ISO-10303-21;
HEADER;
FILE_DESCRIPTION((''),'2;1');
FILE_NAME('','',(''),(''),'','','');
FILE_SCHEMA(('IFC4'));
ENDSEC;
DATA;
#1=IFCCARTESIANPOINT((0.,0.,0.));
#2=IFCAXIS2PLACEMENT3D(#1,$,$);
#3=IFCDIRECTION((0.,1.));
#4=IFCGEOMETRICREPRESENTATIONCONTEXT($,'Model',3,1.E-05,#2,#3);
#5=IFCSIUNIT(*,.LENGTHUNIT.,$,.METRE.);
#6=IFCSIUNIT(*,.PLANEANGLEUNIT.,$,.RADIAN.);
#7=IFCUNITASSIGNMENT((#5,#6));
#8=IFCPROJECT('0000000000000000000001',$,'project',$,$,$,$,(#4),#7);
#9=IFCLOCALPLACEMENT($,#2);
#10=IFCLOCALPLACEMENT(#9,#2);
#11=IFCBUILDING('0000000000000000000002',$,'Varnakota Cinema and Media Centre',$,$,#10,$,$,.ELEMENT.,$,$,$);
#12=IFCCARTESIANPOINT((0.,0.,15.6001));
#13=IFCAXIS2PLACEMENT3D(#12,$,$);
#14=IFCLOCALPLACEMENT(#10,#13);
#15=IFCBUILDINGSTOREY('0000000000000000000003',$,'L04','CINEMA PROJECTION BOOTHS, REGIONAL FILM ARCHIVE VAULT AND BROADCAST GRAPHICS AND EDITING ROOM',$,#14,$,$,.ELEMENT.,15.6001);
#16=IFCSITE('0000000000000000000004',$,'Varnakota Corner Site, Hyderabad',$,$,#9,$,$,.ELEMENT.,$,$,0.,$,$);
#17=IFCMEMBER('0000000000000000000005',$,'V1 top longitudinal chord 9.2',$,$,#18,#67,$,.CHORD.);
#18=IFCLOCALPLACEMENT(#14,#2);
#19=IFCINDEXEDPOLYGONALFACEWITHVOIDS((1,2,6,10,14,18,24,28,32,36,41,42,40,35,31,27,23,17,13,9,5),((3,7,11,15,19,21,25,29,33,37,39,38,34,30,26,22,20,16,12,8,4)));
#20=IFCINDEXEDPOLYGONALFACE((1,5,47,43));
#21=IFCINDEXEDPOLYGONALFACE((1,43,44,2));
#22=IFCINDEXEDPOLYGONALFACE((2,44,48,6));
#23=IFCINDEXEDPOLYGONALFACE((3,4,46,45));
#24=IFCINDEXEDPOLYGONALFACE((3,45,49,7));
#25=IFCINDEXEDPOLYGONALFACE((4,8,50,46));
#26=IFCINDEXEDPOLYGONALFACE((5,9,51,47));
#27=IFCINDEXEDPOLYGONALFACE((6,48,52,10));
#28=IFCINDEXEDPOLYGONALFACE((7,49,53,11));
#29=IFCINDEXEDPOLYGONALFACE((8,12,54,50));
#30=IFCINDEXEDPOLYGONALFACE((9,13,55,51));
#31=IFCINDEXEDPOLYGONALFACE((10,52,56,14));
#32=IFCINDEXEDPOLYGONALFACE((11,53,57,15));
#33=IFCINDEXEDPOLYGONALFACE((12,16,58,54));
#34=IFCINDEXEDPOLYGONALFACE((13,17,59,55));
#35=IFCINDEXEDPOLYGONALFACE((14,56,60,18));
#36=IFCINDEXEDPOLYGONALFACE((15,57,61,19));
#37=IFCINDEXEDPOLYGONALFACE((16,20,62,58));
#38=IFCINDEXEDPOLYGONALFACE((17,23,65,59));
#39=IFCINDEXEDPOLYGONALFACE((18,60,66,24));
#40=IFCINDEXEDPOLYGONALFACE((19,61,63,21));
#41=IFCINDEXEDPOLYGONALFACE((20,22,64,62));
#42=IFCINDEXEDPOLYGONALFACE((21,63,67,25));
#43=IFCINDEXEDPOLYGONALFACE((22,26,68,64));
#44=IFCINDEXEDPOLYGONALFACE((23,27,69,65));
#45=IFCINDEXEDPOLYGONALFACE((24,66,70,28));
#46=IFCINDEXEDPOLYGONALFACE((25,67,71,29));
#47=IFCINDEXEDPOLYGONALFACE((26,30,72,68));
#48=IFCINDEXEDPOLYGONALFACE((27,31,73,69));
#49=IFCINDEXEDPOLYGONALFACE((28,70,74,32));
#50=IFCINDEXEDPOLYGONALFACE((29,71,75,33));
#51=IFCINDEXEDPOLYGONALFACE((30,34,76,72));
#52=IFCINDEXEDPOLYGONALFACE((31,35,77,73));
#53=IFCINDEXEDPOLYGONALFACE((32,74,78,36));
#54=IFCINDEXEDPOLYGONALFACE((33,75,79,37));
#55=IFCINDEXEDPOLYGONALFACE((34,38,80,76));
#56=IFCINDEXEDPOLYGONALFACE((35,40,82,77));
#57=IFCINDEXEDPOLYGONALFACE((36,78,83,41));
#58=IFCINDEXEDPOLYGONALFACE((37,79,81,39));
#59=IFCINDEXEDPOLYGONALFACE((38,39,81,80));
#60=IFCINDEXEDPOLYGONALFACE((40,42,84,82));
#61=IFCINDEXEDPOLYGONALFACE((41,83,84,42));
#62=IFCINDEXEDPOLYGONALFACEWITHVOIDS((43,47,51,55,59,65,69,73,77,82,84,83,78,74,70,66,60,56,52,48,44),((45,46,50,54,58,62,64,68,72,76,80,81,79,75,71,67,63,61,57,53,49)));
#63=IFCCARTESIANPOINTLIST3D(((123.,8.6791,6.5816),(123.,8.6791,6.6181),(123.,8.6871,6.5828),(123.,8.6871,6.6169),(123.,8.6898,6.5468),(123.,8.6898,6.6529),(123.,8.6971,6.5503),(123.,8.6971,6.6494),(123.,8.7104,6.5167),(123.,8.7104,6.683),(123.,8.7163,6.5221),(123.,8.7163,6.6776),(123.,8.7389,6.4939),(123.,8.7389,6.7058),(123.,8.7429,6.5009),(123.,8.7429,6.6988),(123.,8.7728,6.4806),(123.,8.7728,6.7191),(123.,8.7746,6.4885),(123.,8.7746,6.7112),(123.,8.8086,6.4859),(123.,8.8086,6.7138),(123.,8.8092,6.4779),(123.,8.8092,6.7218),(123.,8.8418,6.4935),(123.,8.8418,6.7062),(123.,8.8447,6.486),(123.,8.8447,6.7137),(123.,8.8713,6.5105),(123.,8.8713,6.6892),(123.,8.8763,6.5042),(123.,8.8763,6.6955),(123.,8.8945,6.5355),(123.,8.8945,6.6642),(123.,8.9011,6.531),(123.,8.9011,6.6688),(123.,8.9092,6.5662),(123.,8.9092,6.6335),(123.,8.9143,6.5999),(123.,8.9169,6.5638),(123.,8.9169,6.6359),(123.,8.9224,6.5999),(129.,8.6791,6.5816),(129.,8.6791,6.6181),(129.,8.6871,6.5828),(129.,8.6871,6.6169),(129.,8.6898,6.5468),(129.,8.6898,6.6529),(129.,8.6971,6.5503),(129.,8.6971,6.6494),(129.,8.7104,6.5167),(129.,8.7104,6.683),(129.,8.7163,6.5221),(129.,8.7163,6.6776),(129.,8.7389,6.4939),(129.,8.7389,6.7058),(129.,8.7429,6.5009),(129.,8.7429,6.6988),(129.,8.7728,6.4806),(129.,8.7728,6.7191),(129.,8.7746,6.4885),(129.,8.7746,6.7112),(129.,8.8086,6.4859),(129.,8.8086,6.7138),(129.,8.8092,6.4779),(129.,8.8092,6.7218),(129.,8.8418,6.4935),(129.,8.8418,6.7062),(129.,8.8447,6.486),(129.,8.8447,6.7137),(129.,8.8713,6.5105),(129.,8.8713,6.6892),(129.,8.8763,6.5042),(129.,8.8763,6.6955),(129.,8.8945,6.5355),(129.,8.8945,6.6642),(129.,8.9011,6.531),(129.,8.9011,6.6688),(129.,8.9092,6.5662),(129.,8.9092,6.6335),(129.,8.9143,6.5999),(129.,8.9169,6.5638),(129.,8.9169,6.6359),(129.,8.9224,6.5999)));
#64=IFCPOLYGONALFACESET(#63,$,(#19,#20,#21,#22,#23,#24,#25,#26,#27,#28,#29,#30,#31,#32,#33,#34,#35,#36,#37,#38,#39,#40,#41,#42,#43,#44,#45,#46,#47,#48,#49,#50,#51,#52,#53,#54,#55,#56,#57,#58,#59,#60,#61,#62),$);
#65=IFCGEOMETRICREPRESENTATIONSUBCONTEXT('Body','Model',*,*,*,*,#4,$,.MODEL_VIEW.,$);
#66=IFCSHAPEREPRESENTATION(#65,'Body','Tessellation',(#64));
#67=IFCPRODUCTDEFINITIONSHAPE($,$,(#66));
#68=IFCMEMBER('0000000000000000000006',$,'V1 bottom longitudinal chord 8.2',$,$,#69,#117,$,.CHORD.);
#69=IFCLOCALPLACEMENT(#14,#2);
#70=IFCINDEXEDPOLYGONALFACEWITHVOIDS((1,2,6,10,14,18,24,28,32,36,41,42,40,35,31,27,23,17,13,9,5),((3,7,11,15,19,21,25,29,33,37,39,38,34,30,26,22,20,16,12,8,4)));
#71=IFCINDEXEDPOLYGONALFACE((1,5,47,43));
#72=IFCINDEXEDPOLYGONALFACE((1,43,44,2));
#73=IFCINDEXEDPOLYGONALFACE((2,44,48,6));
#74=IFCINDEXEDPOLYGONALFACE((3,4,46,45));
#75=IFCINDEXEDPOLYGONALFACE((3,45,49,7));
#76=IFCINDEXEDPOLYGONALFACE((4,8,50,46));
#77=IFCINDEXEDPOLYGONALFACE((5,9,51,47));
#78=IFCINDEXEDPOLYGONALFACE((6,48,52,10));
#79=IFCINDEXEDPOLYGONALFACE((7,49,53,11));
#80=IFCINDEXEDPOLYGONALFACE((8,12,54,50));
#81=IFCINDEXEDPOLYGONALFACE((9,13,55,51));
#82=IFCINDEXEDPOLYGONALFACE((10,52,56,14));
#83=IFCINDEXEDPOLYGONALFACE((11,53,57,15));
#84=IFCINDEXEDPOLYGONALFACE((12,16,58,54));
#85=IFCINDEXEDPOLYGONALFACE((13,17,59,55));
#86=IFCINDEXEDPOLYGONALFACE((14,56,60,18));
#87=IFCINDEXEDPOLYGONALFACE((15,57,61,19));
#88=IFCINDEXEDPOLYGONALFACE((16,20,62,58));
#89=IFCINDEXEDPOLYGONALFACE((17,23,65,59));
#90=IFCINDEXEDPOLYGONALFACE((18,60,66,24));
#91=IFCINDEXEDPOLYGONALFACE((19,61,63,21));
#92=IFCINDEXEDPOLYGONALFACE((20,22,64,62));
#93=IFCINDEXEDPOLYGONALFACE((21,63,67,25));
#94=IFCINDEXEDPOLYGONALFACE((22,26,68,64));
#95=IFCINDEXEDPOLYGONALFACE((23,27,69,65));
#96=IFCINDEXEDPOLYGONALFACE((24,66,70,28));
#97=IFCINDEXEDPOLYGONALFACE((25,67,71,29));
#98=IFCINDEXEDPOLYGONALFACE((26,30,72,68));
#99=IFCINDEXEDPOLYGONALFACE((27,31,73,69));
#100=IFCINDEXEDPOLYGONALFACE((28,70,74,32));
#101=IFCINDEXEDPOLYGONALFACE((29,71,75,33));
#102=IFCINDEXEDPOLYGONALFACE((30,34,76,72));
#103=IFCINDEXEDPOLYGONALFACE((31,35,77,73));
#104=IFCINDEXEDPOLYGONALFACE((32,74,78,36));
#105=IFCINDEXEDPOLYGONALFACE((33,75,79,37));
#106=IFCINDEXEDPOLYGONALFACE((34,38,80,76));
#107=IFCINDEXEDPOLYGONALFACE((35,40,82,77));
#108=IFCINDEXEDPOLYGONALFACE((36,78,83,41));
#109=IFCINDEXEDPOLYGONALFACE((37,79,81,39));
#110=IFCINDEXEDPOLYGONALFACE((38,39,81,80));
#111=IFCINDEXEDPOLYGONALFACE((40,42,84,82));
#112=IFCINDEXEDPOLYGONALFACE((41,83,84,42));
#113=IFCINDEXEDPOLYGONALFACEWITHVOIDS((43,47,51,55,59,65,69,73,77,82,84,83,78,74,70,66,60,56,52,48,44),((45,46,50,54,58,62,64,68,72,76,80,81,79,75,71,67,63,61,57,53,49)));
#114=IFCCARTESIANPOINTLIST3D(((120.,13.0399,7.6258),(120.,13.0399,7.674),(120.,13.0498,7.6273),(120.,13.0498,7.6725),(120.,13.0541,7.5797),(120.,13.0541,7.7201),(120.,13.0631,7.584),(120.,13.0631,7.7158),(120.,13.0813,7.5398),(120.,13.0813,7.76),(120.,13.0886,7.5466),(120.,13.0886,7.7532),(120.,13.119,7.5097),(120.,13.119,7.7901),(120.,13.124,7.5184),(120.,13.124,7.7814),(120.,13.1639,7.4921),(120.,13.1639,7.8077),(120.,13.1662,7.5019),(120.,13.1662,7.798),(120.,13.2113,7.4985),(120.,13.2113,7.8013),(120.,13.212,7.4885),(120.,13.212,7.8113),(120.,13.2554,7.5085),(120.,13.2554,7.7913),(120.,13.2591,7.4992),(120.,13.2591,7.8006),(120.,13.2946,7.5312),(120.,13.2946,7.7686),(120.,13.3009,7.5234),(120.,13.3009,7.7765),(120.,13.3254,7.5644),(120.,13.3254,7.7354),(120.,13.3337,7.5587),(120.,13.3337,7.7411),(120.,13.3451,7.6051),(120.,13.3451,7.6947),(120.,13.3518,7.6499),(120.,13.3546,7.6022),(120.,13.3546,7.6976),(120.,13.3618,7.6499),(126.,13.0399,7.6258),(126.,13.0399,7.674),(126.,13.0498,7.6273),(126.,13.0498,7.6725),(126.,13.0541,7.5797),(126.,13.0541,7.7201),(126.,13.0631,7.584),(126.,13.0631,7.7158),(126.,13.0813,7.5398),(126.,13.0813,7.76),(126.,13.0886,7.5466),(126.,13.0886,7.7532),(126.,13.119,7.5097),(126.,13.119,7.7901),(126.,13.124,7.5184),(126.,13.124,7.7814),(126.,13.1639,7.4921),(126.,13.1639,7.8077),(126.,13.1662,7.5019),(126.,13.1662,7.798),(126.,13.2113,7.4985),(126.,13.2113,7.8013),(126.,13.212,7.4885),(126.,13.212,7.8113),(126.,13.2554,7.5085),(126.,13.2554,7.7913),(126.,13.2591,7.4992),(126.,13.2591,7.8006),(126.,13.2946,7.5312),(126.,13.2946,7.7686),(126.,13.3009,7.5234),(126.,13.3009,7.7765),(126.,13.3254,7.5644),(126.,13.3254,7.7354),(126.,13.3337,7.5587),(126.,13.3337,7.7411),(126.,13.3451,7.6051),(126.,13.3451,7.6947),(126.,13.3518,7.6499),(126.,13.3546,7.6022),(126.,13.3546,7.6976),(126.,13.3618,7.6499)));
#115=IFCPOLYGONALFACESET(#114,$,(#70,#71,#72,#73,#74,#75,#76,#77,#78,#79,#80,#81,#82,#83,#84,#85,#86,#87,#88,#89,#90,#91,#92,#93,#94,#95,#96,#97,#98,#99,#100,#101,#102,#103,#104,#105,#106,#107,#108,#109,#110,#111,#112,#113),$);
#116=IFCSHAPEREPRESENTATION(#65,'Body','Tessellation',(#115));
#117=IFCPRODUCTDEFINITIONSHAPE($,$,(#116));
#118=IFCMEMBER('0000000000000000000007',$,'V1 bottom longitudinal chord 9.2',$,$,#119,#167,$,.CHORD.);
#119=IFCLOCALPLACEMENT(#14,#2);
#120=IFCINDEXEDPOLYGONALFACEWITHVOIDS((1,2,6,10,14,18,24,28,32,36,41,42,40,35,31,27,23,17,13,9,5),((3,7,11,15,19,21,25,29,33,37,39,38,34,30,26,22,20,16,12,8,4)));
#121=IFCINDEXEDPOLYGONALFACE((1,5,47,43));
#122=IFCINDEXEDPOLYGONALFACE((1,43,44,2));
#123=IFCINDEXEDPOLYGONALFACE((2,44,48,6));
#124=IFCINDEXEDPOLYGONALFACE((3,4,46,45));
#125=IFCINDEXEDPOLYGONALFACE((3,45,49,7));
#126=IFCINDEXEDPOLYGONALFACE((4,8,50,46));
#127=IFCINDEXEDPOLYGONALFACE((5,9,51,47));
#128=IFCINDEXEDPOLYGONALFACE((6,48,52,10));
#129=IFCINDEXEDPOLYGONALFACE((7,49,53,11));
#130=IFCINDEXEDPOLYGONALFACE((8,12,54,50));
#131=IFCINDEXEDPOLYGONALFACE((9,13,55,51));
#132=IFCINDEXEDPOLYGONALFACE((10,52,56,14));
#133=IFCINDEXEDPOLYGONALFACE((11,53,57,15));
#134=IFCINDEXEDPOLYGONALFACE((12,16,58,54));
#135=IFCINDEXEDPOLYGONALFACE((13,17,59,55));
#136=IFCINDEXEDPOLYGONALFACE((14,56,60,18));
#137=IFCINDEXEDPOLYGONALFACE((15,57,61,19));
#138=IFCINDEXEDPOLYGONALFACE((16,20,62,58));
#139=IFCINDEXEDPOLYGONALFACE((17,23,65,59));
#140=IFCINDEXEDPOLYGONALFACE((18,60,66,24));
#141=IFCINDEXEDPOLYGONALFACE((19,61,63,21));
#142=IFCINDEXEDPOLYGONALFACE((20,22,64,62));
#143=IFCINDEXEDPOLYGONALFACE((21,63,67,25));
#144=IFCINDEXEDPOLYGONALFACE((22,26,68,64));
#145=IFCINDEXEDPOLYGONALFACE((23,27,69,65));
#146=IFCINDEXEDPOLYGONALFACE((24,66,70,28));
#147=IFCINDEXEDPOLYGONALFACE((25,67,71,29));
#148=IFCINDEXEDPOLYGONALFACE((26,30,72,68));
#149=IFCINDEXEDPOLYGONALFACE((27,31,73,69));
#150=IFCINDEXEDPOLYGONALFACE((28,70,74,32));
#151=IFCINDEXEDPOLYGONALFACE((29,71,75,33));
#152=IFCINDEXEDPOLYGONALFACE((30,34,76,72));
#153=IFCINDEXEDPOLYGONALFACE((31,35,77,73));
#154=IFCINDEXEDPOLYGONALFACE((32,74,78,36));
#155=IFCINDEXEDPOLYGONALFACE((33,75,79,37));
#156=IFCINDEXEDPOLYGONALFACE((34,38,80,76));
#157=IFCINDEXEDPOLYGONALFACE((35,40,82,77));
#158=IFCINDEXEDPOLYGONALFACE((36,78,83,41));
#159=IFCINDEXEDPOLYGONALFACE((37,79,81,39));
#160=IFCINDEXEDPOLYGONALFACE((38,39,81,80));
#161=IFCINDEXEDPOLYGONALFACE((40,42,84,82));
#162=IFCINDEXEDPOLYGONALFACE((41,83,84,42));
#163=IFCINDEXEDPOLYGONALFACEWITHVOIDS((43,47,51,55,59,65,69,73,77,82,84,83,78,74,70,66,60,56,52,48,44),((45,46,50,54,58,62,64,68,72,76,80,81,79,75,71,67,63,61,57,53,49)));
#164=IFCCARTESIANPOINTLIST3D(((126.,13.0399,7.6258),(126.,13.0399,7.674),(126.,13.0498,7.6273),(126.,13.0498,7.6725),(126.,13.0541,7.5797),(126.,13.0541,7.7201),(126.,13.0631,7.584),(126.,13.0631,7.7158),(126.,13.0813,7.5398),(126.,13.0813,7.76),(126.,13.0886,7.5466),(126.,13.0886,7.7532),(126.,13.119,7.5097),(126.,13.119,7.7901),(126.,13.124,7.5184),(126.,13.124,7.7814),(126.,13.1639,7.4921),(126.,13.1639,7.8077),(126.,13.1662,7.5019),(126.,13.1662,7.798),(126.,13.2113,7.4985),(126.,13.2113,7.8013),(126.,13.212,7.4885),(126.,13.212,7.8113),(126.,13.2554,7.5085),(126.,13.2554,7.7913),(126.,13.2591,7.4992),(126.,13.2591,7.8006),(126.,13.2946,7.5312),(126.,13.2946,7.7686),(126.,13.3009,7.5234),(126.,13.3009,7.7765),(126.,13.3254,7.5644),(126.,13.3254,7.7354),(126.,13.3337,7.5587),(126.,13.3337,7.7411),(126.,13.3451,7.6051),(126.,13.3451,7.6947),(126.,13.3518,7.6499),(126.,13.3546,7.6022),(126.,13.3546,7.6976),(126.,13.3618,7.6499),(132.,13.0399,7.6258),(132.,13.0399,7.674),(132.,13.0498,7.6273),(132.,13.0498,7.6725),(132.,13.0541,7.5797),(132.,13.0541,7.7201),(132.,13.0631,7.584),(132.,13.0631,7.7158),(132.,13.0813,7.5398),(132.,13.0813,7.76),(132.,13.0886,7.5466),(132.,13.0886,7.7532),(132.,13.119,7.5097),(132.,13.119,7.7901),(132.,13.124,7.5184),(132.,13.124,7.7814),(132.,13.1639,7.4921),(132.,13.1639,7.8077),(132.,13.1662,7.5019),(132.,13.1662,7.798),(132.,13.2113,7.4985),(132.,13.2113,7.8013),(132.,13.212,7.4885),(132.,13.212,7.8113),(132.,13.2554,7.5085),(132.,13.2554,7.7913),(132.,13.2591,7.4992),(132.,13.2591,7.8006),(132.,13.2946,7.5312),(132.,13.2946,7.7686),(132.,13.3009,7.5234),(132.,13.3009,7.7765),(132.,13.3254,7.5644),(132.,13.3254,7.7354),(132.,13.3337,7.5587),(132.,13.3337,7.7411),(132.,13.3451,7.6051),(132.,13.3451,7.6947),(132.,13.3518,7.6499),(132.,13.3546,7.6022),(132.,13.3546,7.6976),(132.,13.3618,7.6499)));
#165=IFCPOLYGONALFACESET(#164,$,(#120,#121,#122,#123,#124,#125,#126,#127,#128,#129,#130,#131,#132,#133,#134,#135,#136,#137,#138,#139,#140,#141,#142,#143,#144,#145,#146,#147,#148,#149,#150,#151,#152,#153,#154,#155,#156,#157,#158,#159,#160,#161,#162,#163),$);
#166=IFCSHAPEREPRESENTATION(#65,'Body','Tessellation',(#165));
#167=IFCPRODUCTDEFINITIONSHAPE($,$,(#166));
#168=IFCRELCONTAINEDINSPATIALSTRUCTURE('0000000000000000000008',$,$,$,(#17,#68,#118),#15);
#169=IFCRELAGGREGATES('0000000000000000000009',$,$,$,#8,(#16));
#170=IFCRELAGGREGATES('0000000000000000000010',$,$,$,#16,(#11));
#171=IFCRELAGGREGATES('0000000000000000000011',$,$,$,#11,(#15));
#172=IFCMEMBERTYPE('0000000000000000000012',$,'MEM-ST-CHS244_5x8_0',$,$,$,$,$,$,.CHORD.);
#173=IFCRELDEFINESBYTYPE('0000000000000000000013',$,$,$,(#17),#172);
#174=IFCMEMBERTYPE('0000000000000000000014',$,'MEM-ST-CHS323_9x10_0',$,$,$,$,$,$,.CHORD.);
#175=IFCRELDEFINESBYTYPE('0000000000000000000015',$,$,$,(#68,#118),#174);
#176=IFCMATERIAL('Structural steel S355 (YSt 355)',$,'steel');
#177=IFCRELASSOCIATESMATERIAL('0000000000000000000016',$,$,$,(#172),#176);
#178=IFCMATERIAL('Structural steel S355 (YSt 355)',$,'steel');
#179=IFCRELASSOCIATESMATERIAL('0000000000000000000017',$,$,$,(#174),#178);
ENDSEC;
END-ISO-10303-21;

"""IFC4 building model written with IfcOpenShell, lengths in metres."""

from ifc_helpers import new_model, si_unit, direction, frame, origin, origin_2d, place, context, subcontext, project, spatial, hollow_circle, extrude, material, material_profile, profile_set, type_object, element, save


model = new_model("IFC4")

# Units and contexts
model_context = context("Model", 3, precision=1e-05, world=origin(), true_north=direction((0.0, 1.0)))
body_context = subcontext(model_context, "Body", "Model", "MODEL_VIEW")
ifc_project = project(units=[si_unit("LENGTHUNIT", "METRE"), si_unit("PLANEANGLEUNIT", "RADIAN")], contexts=[model_context])

# Site, building, storey
site_placement = place(None, origin())
site = spatial("IfcSite", under=ifc_project, at=site_placement, Name="Varnakota Corner Site, Hyderabad", CompositionType="ELEMENT", RefElevation=0.0)
building_placement = place(site_placement, origin())
building = spatial("IfcBuilding", under=site, at=building_placement, Name="Varnakota Cinema and Media Centre", CompositionType="ELEMENT")
storey_placement = place(building_placement, frame((0.0, 0.0, 15.6001)))
storey = spatial("IfcBuildingStorey", under=building, at=storey_placement, Name="L04", Description="CINEMA PROJECTION BOOTHS, REGIONAL FILM ARCHIVE VAULT AND BROADCAST GRAPHICS AND EDITING ROOM", CompositionType="ELEMENT", Elevation=15.6001)

# Members
ifc_material_1 = material(Name="Structural steel S355 (YSt 355)", Category="steel")
ifc_material_profile_1 = material_profile(ifc_material_1, hollow_circle(Radius=0.1223, WallThickness=0.0081, at=origin_2d()), Name="CHS 244.5x8.0")
ifc_profile_set_1 = profile_set([ifc_material_profile_1], Name="Structural steel S355 (YSt 355)")
member_type_1 = type_object("IfcMemberType", Name="MEM-ST-CHS244_5x8_0", PredefinedType="CHORD", material=ifc_profile_set_1)
member_1_placement = place(storey_placement, frame((123.0, 8.8, 6.5999), z_axis=(1.0, 0.0, 0.0), x_axis=(0.0, 1.0, 0.0)))
element("IfcMember", 1, at=member_1_placement, inside=storey, type_object=member_type_1, Name="V1 top longitudinal chord 9.2", PredefinedType="CHORD", context=body_context, shape_type="SweptSolid", body=[
    extrude(hollow_circle(Radius=0.1223, WallThickness=0.0081, at=origin_2d()), origin(), (0.0, 0.0, 1.0), 6.0),
])
ifc_material_2 = material(Name="Structural steel S355 (YSt 355)", Category="steel")
ifc_material_profile_2 = material_profile(ifc_material_2, hollow_circle(Radius=0.1619, WallThickness=0.01, at=origin_2d()), Name="CHS 323.9x10.0")
ifc_profile_set_2 = profile_set([ifc_material_profile_2], Name="Structural steel S355 (YSt 355)")
member_type_2 = type_object("IfcMemberType", Name="MEM-ST-CHS323_9x10_0", PredefinedType="CHORD", material=ifc_profile_set_2)
for number, where, z_axis, x_axis, name in (
    (2, (120.0, 13.2, 7.6499), (1.0, 0.0, 0.0), (0.0, 1.0, 0.0), "V1 bottom longitudinal chord 8.2"),
    (3, (126.0, 13.2, 7.6499), (1.0, 0.0, 0.0), (0.0, 1.0, 0.0), "V1 bottom longitudinal chord 9.2"),
):
    element("IfcMember", number, at=place(storey_placement, frame(where, z_axis=z_axis, x_axis=x_axis)), inside=storey, type_object=member_type_2, Name=name, PredefinedType="CHORD", context=body_context, shape_type="SweptSolid", body=[
        extrude(hollow_circle(Radius=0.1619, WallThickness=0.01, at=origin_2d()), origin(), (0.0, 0.0, 1.0), 6.0),
    ])

save(model, "model.ifc")
